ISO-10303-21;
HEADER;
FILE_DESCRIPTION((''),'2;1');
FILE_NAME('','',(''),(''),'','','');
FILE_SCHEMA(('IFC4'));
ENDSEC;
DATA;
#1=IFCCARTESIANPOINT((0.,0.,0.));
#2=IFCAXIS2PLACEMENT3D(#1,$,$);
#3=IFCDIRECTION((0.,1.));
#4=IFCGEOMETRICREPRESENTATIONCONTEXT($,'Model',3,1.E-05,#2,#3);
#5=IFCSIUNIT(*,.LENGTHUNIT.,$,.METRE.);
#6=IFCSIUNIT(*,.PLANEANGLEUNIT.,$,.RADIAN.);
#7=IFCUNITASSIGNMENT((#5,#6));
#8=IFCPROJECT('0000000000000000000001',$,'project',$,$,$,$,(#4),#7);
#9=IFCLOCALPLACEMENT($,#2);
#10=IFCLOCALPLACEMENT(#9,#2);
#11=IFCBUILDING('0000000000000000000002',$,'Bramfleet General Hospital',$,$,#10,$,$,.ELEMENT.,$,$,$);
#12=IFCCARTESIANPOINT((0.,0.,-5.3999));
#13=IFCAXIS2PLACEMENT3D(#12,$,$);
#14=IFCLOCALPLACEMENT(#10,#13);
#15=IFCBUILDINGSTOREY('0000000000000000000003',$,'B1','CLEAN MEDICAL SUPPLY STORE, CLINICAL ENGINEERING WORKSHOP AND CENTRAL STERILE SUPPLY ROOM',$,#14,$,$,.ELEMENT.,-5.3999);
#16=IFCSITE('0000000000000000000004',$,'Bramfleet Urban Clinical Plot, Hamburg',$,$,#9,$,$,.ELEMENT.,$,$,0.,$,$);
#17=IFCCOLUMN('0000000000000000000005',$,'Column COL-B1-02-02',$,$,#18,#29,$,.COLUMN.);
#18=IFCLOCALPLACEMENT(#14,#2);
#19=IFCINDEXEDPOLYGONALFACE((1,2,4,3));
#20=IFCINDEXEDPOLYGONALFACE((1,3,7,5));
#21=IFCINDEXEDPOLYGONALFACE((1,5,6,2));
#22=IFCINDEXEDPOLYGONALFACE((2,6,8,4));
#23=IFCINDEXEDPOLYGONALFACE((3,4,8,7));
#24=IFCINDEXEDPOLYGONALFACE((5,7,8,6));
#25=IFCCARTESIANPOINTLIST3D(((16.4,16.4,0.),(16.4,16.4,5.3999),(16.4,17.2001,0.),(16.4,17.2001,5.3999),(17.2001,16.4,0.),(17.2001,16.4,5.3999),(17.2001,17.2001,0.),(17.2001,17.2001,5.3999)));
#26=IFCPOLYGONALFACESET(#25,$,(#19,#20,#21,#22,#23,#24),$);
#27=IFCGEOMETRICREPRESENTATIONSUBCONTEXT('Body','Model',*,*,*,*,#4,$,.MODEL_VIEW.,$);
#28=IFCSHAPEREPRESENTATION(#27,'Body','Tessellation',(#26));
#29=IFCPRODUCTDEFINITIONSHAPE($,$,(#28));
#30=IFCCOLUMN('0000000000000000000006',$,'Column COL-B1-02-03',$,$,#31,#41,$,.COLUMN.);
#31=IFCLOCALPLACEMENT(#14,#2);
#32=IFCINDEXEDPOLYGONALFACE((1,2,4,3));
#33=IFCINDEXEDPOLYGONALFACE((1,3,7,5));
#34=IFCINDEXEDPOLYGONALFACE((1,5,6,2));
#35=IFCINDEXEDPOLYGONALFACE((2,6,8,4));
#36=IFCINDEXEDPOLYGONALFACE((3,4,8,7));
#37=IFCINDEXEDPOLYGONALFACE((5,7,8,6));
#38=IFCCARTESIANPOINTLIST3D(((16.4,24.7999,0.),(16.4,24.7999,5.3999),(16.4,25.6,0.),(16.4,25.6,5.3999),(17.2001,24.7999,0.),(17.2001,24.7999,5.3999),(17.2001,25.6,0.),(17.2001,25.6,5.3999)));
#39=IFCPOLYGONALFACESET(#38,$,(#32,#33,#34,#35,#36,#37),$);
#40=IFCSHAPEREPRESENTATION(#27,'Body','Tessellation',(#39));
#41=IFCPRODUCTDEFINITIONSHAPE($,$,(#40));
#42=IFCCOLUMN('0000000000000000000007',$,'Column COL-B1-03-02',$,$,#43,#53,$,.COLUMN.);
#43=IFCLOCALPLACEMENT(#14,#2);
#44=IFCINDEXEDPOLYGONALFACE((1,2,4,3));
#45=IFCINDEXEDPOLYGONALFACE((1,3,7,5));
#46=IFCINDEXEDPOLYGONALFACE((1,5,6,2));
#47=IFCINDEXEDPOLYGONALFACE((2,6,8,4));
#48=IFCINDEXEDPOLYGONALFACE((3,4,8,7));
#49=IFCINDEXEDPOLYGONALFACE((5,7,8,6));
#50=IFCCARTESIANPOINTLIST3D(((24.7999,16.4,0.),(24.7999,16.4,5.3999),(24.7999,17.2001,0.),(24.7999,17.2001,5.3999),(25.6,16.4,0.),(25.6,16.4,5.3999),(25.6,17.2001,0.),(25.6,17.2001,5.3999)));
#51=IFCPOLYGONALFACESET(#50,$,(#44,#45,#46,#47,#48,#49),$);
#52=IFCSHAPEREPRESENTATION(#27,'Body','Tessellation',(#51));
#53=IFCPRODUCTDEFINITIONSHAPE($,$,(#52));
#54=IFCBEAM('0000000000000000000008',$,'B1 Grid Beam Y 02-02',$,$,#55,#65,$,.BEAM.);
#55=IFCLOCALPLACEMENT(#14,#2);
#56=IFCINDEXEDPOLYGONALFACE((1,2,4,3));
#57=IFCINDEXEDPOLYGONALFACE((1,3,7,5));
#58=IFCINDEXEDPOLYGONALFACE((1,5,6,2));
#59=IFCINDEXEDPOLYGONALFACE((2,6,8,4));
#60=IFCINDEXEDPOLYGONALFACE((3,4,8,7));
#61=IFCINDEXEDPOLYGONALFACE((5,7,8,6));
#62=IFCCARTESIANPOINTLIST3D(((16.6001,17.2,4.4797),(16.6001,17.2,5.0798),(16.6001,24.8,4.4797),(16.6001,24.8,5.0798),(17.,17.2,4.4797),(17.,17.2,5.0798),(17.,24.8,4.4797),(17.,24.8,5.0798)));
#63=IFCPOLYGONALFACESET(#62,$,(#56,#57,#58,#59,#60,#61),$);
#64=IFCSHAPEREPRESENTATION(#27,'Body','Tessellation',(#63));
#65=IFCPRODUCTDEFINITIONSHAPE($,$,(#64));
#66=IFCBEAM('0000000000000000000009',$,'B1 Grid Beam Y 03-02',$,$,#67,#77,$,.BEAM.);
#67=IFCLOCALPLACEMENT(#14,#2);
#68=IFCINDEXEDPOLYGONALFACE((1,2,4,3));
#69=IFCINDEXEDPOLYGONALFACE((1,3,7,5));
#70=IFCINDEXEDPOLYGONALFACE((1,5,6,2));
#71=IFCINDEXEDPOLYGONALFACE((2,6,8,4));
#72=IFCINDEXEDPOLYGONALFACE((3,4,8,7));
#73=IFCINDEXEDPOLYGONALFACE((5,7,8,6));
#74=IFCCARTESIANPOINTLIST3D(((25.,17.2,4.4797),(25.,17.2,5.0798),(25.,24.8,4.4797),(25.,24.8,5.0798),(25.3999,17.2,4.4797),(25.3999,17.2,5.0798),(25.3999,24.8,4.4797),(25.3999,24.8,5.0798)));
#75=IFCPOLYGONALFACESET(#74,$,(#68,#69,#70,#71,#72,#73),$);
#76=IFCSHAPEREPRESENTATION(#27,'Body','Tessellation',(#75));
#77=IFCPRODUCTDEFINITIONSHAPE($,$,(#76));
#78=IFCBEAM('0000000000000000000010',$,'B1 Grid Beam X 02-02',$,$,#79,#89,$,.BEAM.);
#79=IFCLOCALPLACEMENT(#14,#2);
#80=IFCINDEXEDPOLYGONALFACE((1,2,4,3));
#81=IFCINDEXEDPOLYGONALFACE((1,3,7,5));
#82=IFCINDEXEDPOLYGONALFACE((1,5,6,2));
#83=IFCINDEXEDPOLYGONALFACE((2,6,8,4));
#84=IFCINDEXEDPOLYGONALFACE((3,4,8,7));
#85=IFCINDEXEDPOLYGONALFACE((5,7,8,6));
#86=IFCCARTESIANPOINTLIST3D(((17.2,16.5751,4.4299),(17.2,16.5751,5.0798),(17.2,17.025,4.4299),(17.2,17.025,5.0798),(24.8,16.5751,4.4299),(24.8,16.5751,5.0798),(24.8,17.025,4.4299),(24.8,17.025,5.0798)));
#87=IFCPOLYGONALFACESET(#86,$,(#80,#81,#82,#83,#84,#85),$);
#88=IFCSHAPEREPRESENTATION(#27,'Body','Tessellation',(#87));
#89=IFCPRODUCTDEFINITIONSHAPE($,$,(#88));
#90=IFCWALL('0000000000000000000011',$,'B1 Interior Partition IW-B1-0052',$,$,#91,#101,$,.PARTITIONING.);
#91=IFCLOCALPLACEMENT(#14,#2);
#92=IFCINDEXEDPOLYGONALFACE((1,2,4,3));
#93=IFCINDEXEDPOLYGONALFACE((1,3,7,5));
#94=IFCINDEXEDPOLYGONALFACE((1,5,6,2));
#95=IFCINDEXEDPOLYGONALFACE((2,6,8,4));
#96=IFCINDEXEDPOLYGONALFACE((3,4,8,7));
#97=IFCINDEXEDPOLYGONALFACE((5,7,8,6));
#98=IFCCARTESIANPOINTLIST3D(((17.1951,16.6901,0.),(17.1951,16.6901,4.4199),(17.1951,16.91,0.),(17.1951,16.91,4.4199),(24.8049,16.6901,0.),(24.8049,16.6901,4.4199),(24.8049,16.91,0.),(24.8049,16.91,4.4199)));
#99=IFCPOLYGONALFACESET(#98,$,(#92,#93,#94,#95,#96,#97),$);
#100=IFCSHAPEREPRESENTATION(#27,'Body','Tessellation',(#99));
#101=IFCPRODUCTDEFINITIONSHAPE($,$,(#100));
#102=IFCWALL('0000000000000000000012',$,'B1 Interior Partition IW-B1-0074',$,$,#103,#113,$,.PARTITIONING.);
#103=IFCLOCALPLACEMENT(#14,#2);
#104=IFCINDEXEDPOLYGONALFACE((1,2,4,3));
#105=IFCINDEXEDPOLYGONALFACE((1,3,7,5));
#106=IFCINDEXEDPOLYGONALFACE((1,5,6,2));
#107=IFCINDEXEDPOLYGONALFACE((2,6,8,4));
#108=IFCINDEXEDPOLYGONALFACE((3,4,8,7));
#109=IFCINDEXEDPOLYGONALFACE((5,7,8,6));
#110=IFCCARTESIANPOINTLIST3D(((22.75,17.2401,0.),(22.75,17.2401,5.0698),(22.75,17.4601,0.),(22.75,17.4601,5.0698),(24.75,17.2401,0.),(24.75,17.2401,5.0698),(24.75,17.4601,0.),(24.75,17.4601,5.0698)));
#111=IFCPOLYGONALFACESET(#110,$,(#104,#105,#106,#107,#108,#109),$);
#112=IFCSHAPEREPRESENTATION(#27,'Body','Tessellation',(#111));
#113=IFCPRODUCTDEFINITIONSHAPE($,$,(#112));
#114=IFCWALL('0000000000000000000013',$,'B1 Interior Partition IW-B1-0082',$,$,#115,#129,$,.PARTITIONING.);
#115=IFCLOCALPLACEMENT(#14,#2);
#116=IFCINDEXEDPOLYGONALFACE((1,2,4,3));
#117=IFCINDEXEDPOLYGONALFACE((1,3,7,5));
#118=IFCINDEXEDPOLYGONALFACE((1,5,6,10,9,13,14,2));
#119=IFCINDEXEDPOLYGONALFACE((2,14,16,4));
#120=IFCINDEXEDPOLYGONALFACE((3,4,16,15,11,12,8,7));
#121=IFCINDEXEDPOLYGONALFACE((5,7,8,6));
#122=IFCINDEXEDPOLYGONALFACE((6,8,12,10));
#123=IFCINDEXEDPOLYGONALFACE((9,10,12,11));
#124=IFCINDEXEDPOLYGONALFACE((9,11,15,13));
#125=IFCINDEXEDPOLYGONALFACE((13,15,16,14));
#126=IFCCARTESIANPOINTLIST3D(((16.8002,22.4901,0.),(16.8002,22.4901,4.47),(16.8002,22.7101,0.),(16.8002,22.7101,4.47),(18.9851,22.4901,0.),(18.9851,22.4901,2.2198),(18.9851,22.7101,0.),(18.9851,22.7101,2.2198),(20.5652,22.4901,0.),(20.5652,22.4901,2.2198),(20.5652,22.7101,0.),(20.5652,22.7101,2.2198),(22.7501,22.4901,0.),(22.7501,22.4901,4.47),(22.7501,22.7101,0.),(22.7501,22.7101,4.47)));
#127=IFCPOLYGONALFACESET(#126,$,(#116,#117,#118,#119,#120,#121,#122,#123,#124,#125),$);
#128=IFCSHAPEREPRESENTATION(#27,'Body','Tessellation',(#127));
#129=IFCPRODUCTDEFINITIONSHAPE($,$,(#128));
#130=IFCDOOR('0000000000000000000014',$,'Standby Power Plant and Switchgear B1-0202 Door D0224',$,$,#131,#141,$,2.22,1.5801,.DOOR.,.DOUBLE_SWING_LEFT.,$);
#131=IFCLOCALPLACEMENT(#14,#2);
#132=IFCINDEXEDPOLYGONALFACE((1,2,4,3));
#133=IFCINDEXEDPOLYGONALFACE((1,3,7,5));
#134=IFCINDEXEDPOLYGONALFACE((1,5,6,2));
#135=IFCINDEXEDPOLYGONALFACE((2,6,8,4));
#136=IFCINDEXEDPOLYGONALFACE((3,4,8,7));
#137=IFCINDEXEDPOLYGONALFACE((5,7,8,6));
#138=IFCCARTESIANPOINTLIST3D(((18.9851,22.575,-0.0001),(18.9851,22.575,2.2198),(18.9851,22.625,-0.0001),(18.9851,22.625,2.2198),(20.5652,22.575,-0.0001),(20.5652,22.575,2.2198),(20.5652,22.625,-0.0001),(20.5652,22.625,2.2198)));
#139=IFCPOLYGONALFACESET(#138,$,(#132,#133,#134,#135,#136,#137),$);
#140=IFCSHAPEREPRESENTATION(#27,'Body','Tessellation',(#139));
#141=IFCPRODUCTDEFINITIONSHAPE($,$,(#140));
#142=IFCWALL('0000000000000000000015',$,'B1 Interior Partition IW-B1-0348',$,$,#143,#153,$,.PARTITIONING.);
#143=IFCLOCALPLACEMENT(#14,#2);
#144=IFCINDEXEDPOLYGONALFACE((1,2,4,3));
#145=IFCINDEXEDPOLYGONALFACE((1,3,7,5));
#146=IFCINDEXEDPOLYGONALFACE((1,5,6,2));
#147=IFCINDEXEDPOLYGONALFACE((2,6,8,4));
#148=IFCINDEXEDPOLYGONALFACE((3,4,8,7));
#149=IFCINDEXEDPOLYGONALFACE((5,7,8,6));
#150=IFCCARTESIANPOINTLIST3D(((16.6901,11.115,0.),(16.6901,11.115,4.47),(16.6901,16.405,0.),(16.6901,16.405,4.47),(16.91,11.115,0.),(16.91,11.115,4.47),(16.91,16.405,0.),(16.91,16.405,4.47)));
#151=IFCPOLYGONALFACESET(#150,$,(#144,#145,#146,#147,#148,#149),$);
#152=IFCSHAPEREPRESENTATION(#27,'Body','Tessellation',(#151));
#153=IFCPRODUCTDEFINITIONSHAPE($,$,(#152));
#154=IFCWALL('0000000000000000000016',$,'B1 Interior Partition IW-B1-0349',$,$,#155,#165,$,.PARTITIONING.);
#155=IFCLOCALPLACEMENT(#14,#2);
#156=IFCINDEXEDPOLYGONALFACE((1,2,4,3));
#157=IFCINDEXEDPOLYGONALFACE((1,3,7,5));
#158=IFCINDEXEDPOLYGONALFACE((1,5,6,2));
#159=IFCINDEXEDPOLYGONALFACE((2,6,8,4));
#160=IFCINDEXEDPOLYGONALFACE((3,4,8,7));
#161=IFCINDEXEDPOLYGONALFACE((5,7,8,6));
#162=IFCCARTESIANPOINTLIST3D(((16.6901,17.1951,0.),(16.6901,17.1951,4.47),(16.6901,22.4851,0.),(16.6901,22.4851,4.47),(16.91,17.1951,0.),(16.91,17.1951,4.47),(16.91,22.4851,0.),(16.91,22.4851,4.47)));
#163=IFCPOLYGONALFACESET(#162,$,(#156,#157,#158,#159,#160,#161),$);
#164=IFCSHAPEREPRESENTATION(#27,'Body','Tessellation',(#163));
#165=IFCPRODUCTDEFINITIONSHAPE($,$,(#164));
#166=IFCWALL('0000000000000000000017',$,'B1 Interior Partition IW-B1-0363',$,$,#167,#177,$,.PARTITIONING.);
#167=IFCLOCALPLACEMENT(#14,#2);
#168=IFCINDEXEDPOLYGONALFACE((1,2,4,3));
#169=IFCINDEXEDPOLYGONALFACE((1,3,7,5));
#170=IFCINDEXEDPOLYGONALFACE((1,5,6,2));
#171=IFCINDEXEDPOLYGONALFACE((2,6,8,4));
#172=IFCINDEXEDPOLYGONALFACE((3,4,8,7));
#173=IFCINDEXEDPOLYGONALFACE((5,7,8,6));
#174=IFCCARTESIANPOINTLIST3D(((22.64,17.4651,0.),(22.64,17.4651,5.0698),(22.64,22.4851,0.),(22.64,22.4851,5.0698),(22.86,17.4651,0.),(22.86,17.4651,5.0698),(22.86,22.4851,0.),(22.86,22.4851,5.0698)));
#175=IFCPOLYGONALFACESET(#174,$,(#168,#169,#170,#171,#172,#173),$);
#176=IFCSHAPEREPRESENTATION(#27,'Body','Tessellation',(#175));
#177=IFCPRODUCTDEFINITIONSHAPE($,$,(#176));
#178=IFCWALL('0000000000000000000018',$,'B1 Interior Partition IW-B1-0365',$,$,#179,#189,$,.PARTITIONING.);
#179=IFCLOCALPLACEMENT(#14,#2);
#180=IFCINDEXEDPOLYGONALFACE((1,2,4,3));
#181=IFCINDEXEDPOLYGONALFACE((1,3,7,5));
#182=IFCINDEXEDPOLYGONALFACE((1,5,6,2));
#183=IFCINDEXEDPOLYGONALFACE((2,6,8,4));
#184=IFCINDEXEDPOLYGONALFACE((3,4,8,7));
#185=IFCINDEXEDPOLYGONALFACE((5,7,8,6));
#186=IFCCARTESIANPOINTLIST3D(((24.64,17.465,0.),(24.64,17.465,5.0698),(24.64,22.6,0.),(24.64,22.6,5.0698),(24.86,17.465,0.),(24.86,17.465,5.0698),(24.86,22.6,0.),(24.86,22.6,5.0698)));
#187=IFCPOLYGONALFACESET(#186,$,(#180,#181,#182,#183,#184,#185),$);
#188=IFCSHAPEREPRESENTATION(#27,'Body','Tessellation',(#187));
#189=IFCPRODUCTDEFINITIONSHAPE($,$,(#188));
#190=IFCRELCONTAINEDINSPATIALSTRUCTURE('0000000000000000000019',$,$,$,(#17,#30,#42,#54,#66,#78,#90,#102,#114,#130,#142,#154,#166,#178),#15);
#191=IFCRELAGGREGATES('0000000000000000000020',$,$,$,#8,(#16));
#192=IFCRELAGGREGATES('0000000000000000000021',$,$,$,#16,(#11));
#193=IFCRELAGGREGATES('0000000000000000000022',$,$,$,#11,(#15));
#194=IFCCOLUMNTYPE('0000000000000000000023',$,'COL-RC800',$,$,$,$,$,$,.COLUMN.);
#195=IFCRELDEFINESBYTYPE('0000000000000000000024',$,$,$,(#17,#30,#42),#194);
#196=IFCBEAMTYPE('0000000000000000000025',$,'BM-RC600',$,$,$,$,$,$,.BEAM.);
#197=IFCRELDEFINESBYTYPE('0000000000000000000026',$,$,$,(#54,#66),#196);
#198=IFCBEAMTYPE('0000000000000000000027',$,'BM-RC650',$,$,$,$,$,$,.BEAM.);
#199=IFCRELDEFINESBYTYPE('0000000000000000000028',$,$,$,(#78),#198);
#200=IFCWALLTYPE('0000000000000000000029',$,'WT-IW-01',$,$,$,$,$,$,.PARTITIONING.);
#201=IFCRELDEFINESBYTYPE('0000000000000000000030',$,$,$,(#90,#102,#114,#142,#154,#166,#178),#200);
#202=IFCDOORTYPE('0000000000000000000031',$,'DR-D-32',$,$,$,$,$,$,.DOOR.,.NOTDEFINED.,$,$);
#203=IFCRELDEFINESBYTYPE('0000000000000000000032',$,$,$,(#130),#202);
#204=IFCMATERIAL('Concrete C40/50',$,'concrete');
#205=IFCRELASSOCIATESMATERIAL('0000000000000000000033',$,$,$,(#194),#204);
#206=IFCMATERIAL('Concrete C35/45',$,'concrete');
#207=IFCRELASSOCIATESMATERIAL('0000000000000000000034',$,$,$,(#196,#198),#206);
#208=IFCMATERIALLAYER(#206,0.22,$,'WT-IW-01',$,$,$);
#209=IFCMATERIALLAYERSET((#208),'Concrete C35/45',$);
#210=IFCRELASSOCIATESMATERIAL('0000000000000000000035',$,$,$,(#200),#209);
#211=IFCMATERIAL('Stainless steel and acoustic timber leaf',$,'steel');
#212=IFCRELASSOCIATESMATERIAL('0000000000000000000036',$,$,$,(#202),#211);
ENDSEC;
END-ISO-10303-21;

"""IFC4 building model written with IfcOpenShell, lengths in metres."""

from ifc_helpers import new_model, si_unit, direction, frame, frame_2d, origin, origin_2d, place, context, subcontext, project, spatial, rectangle, extrude, material, layer, layer_set, material_profile, profile_set, type_object, element, fill, save


model = new_model("IFC4")

# Units and contexts
model_context = context("Model", 3, precision=1e-05, world=origin(), true_north=direction((0.0, 1.0)))
body_context = subcontext(model_context, "Body", "Model", "MODEL_VIEW")
ifc_project = project(units=[si_unit("LENGTHUNIT", "METRE"), si_unit("PLANEANGLEUNIT", "RADIAN")], contexts=[model_context])

# Site, building, storey
site_placement = place(None, origin())
site = spatial("IfcSite", under=ifc_project, at=site_placement, Name="Bramfleet Urban Clinical Plot, Hamburg", CompositionType="ELEMENT", RefElevation=0.0)
building_placement = place(site_placement, origin())
building = spatial("IfcBuilding", under=site, at=building_placement, Name="Bramfleet General Hospital", CompositionType="ELEMENT")
storey_placement = place(building_placement, frame((0.0, 0.0, -5.3999)))
storey = spatial("IfcBuildingStorey", under=building, at=storey_placement, Name="B1", Description="CLEAN MEDICAL SUPPLY STORE, CLINICAL ENGINEERING WORKSHOP AND CENTRAL STERILE SUPPLY ROOM", CompositionType="ELEMENT", Elevation=-5.3999)

# Shared definitions
ifc_material_1 = material(Name="Concrete C35/45", Category="concrete")

# Columns
ifc_material_2 = material(Name="Concrete C40/50", Category="concrete")
ifc_material_profile_1 = material_profile(ifc_material_2, rectangle(XDim=0.8, YDim=0.8, at=origin_2d()), Name="RC COL 800x800")
ifc_profile_set_1 = profile_set([ifc_material_profile_1], Name="Concrete C40/50")
column_type_1 = type_object("IfcColumnType", Name="COL-RC800", PredefinedType="COLUMN", material=ifc_profile_set_1)
for number, where, z_axis, x_axis, name in (
    (1, (16.8, 16.8, 0.0), (0.0, 0.0, 1.0), (1.0, 0.0, 0.0), "Column COL-B1-02-02"),
    (2, (16.8, 25.2, 0.0), (0.0, 0.0, 1.0), (1.0, 0.0, 0.0), "Column COL-B1-02-03"),
    (3, (25.2, 16.8, 0.0), (0.0, 0.0, 1.0), (1.0, 0.0, 0.0), "Column COL-B1-03-02"),
):
    element("IfcColumn", number, at=place(storey_placement, frame(where, z_axis=z_axis, x_axis=x_axis)), inside=storey, type_object=column_type_1, Name=name, PredefinedType="COLUMN", context=body_context, shape_type="SweptSolid", body=[
        extrude(rectangle(XDim=0.8, YDim=0.8, at=origin_2d()), origin(), (0.0, 0.0, 1.0), 5.3999),
    ])

# Beams
ifc_material_profile_2 = material_profile(ifc_material_1, rectangle(XDim=0.3999, YDim=0.6001, at=origin_2d()), Name="RC BM 600x400")
ifc_profile_set_2 = profile_set([ifc_material_profile_2], Name="Concrete C35/45")
beam_type_1 = type_object("IfcBeamType", Name="BM-RC600", PredefinedType="BEAM", material=ifc_profile_set_2)
for number, where, z_axis, x_axis, name in (
    (4, (16.8, 17.2, 4.7798), (0.0, 1.0, 0.0), (-1.0, 0.0, 0.0), "B1 Grid Beam Y 02-02"),
    (5, (25.2, 17.2, 4.7798), (0.0, 1.0, 0.0), (-1.0, 0.0, 0.0), "B1 Grid Beam Y 03-02"),
):
    element("IfcBeam", number, at=place(storey_placement, frame(where, z_axis=z_axis, x_axis=x_axis)), inside=storey, type_object=beam_type_1, Name=name, PredefinedType="BEAM", context=body_context, shape_type="SweptSolid", body=[
        extrude(rectangle(XDim=0.3999, YDim=0.6001, at=origin_2d()), origin(), (0.0, 0.0, 1.0), 7.6001),
    ])
ifc_material_profile_3 = material_profile(ifc_material_1, rectangle(XDim=0.45, YDim=0.6499, at=origin_2d()), Name="RC BM 650x450")
ifc_profile_set_3 = profile_set([ifc_material_profile_3], Name="Concrete C35/45")
beam_type_2 = type_object("IfcBeamType", Name="BM-RC650", PredefinedType="BEAM", material=ifc_profile_set_3)
beam_placement = place(storey_placement, frame((17.2, 16.8, 4.7549), z_axis=(1.0, 0.0, 0.0), x_axis=(0.0, 1.0, 0.0)))
element("IfcBeam", 6, at=beam_placement, inside=storey, type_object=beam_type_2, Name="B1 Grid Beam X 02-02", PredefinedType="BEAM", context=body_context, shape_type="SweptSolid", body=[
    extrude(rectangle(XDim=0.45, YDim=0.6499, at=origin_2d()), origin(), (0.0, 0.0, 1.0), 7.6001),
])

# Walls
ifc_layer = layer(ifc_material_1, 0.22, Name="WT-IW-01")
ifc_layer_set = layer_set([ifc_layer], Name="Concrete C35/45")
wall_type = type_object("IfcWallType", Name="WT-IW-01", PredefinedType="PARTITIONING", material=ifc_layer_set)
wall_1_placement = place(storey_placement, frame((17.1951, 16.8, 0.0), z_axis=(0.0, 0.0, 1.0), x_axis=(1.0, 0.0, 0.0)))
element("IfcWall", 7, at=wall_1_placement, inside=storey, type_object=wall_type, Name="B1 Interior Partition IW-B1-0052", PredefinedType="PARTITIONING", context=body_context, shape_type="SweptSolid", body=[
    extrude(rectangle(XDim=7.6099, YDim=0.22, at=frame_2d((3.8049, 0.0))), origin(), (0.0, 0.0, 1.0), 4.4199),
])
wall_2_placement = place(storey_placement, frame((22.75, 17.3501, 0.0), z_axis=(0.0, 0.0, 1.0), x_axis=(1.0, 0.0, 0.0)))
element("IfcWall", 8, at=wall_2_placement, inside=storey, type_object=wall_type, Name="B1 Interior Partition IW-B1-0074", PredefinedType="PARTITIONING", context=body_context, shape_type="SweptSolid", body=[
    extrude(rectangle(XDim=2.0, YDim=0.22, at=frame_2d((1.0, 0.0))), origin(), (0.0, 0.0, 1.0), 5.0698),
])

# Wall, opening, door
wall_3_placement = place(storey_placement, frame((16.8, 22.6001, 0.0), z_axis=(0.0, 0.0, 1.0), x_axis=(1.0, 0.0, 0.0)))
wall_3 = element("IfcWall", 9, at=wall_3_placement, inside=storey, type_object=wall_type, Name="B1 Interior Partition IW-B1-0082", PredefinedType="PARTITIONING", context=body_context, shape_type="SweptSolid", body=[
    extrude(rectangle(XDim=5.95, YDim=0.22, at=frame_2d((2.9751, 0.0))), origin(), (0.0, 0.0, 1.0), 4.47),
])
opening_placement = place(wall_3_placement, frame((2.1851, 0.0, 0.0)))
opening = element("IfcOpeningElement", 10, at=opening_placement, cuts=wall_3, PredefinedType="OPENING", context=body_context, shape_type="SweptSolid", body=[
    extrude(rectangle(XDim=1.5801, YDim=2.22, at=frame_2d((0.79, 1.1099))), frame((0.0, 0.1199, 0.0), z_axis=(0.0, -1.0, 0.0), x_axis=(1.0, 0.0, 0.0)), (0.0, 0.0, 1.0), 0.24),
])
ifc_material_3 = material(Name="Stainless steel and acoustic timber leaf", Category="steel")
door_type = type_object("IfcDoorType", Name="DR-D-32", OperationType="NOTDEFINED", PredefinedType="DOOR", material=ifc_material_3)
door_placement = place(opening_placement, origin())
door = element("IfcDoor", 11, at=door_placement, inside=storey, type_object=door_type, Name="Standby Power Plant and Switchgear B1-0202 Door D0224", OperationType="DOUBLE_SWING_LEFT", OverallHeight=2.22, OverallWidth=1.5801, PredefinedType="DOOR", context=body_context, shape_type="SweptSolid", body=[
    extrude(rectangle(XDim=1.5801, YDim=2.22, at=frame_2d((0.79, 1.1099))), frame((0.0, 0.0249, 0.0), z_axis=(0.0, -1.0, 0.0), x_axis=(1.0, 0.0, 0.0)), (0.0, 0.0, 1.0), 0.05),
])
fill(opening, door)

# Walls
for number, where, z_axis, x_axis, name in (
    (12, (16.8, 11.115, 0.0), (0.0, 0.0, 1.0), (0.0, 1.0, 0.0), "B1 Interior Partition IW-B1-0348"),
    (13, (16.8, 17.1951, 0.0), (0.0, 0.0, 1.0), (0.0, 1.0, 0.0), "B1 Interior Partition IW-B1-0349"),
):
    element("IfcWall", number, at=place(storey_placement, frame(where, z_axis=z_axis, x_axis=x_axis)), inside=storey, type_object=wall_type, Name=name, PredefinedType="PARTITIONING", context=body_context, shape_type="SweptSolid", body=[
        extrude(rectangle(XDim=5.29, YDim=0.22, at=frame_2d((2.645, 0.0))), origin(), (0.0, 0.0, 1.0), 4.47),
    ])
wall_4_placement = place(storey_placement, frame((22.75, 17.4651, 0.0), z_axis=(0.0, 0.0, 1.0), x_axis=(0.0, 1.0, 0.0)))
element("IfcWall", 14, at=wall_4_placement, inside=storey, type_object=wall_type, Name="B1 Interior Partition IW-B1-0363", PredefinedType="PARTITIONING", context=body_context, shape_type="SweptSolid", body=[
    extrude(rectangle(XDim=5.02, YDim=0.22, at=frame_2d((2.51, 0.0))), origin(), (0.0, 0.0, 1.0), 5.0698),
])
wall_5_placement = place(storey_placement, frame((24.75, 17.4651, 0.0), z_axis=(0.0, 0.0, 1.0), x_axis=(0.0, 1.0, 0.0)))
element("IfcWall", 15, at=wall_5_placement, inside=storey, type_object=wall_type, Name="B1 Interior Partition IW-B1-0365", PredefinedType="PARTITIONING", context=body_context, shape_type="SweptSolid", body=[
    extrude(rectangle(XDim=5.135, YDim=0.22, at=frame_2d((2.5674, 0.0))), origin(), (0.0, 0.0, 1.0), 5.0698),
])

save(model, "model.ifc")
